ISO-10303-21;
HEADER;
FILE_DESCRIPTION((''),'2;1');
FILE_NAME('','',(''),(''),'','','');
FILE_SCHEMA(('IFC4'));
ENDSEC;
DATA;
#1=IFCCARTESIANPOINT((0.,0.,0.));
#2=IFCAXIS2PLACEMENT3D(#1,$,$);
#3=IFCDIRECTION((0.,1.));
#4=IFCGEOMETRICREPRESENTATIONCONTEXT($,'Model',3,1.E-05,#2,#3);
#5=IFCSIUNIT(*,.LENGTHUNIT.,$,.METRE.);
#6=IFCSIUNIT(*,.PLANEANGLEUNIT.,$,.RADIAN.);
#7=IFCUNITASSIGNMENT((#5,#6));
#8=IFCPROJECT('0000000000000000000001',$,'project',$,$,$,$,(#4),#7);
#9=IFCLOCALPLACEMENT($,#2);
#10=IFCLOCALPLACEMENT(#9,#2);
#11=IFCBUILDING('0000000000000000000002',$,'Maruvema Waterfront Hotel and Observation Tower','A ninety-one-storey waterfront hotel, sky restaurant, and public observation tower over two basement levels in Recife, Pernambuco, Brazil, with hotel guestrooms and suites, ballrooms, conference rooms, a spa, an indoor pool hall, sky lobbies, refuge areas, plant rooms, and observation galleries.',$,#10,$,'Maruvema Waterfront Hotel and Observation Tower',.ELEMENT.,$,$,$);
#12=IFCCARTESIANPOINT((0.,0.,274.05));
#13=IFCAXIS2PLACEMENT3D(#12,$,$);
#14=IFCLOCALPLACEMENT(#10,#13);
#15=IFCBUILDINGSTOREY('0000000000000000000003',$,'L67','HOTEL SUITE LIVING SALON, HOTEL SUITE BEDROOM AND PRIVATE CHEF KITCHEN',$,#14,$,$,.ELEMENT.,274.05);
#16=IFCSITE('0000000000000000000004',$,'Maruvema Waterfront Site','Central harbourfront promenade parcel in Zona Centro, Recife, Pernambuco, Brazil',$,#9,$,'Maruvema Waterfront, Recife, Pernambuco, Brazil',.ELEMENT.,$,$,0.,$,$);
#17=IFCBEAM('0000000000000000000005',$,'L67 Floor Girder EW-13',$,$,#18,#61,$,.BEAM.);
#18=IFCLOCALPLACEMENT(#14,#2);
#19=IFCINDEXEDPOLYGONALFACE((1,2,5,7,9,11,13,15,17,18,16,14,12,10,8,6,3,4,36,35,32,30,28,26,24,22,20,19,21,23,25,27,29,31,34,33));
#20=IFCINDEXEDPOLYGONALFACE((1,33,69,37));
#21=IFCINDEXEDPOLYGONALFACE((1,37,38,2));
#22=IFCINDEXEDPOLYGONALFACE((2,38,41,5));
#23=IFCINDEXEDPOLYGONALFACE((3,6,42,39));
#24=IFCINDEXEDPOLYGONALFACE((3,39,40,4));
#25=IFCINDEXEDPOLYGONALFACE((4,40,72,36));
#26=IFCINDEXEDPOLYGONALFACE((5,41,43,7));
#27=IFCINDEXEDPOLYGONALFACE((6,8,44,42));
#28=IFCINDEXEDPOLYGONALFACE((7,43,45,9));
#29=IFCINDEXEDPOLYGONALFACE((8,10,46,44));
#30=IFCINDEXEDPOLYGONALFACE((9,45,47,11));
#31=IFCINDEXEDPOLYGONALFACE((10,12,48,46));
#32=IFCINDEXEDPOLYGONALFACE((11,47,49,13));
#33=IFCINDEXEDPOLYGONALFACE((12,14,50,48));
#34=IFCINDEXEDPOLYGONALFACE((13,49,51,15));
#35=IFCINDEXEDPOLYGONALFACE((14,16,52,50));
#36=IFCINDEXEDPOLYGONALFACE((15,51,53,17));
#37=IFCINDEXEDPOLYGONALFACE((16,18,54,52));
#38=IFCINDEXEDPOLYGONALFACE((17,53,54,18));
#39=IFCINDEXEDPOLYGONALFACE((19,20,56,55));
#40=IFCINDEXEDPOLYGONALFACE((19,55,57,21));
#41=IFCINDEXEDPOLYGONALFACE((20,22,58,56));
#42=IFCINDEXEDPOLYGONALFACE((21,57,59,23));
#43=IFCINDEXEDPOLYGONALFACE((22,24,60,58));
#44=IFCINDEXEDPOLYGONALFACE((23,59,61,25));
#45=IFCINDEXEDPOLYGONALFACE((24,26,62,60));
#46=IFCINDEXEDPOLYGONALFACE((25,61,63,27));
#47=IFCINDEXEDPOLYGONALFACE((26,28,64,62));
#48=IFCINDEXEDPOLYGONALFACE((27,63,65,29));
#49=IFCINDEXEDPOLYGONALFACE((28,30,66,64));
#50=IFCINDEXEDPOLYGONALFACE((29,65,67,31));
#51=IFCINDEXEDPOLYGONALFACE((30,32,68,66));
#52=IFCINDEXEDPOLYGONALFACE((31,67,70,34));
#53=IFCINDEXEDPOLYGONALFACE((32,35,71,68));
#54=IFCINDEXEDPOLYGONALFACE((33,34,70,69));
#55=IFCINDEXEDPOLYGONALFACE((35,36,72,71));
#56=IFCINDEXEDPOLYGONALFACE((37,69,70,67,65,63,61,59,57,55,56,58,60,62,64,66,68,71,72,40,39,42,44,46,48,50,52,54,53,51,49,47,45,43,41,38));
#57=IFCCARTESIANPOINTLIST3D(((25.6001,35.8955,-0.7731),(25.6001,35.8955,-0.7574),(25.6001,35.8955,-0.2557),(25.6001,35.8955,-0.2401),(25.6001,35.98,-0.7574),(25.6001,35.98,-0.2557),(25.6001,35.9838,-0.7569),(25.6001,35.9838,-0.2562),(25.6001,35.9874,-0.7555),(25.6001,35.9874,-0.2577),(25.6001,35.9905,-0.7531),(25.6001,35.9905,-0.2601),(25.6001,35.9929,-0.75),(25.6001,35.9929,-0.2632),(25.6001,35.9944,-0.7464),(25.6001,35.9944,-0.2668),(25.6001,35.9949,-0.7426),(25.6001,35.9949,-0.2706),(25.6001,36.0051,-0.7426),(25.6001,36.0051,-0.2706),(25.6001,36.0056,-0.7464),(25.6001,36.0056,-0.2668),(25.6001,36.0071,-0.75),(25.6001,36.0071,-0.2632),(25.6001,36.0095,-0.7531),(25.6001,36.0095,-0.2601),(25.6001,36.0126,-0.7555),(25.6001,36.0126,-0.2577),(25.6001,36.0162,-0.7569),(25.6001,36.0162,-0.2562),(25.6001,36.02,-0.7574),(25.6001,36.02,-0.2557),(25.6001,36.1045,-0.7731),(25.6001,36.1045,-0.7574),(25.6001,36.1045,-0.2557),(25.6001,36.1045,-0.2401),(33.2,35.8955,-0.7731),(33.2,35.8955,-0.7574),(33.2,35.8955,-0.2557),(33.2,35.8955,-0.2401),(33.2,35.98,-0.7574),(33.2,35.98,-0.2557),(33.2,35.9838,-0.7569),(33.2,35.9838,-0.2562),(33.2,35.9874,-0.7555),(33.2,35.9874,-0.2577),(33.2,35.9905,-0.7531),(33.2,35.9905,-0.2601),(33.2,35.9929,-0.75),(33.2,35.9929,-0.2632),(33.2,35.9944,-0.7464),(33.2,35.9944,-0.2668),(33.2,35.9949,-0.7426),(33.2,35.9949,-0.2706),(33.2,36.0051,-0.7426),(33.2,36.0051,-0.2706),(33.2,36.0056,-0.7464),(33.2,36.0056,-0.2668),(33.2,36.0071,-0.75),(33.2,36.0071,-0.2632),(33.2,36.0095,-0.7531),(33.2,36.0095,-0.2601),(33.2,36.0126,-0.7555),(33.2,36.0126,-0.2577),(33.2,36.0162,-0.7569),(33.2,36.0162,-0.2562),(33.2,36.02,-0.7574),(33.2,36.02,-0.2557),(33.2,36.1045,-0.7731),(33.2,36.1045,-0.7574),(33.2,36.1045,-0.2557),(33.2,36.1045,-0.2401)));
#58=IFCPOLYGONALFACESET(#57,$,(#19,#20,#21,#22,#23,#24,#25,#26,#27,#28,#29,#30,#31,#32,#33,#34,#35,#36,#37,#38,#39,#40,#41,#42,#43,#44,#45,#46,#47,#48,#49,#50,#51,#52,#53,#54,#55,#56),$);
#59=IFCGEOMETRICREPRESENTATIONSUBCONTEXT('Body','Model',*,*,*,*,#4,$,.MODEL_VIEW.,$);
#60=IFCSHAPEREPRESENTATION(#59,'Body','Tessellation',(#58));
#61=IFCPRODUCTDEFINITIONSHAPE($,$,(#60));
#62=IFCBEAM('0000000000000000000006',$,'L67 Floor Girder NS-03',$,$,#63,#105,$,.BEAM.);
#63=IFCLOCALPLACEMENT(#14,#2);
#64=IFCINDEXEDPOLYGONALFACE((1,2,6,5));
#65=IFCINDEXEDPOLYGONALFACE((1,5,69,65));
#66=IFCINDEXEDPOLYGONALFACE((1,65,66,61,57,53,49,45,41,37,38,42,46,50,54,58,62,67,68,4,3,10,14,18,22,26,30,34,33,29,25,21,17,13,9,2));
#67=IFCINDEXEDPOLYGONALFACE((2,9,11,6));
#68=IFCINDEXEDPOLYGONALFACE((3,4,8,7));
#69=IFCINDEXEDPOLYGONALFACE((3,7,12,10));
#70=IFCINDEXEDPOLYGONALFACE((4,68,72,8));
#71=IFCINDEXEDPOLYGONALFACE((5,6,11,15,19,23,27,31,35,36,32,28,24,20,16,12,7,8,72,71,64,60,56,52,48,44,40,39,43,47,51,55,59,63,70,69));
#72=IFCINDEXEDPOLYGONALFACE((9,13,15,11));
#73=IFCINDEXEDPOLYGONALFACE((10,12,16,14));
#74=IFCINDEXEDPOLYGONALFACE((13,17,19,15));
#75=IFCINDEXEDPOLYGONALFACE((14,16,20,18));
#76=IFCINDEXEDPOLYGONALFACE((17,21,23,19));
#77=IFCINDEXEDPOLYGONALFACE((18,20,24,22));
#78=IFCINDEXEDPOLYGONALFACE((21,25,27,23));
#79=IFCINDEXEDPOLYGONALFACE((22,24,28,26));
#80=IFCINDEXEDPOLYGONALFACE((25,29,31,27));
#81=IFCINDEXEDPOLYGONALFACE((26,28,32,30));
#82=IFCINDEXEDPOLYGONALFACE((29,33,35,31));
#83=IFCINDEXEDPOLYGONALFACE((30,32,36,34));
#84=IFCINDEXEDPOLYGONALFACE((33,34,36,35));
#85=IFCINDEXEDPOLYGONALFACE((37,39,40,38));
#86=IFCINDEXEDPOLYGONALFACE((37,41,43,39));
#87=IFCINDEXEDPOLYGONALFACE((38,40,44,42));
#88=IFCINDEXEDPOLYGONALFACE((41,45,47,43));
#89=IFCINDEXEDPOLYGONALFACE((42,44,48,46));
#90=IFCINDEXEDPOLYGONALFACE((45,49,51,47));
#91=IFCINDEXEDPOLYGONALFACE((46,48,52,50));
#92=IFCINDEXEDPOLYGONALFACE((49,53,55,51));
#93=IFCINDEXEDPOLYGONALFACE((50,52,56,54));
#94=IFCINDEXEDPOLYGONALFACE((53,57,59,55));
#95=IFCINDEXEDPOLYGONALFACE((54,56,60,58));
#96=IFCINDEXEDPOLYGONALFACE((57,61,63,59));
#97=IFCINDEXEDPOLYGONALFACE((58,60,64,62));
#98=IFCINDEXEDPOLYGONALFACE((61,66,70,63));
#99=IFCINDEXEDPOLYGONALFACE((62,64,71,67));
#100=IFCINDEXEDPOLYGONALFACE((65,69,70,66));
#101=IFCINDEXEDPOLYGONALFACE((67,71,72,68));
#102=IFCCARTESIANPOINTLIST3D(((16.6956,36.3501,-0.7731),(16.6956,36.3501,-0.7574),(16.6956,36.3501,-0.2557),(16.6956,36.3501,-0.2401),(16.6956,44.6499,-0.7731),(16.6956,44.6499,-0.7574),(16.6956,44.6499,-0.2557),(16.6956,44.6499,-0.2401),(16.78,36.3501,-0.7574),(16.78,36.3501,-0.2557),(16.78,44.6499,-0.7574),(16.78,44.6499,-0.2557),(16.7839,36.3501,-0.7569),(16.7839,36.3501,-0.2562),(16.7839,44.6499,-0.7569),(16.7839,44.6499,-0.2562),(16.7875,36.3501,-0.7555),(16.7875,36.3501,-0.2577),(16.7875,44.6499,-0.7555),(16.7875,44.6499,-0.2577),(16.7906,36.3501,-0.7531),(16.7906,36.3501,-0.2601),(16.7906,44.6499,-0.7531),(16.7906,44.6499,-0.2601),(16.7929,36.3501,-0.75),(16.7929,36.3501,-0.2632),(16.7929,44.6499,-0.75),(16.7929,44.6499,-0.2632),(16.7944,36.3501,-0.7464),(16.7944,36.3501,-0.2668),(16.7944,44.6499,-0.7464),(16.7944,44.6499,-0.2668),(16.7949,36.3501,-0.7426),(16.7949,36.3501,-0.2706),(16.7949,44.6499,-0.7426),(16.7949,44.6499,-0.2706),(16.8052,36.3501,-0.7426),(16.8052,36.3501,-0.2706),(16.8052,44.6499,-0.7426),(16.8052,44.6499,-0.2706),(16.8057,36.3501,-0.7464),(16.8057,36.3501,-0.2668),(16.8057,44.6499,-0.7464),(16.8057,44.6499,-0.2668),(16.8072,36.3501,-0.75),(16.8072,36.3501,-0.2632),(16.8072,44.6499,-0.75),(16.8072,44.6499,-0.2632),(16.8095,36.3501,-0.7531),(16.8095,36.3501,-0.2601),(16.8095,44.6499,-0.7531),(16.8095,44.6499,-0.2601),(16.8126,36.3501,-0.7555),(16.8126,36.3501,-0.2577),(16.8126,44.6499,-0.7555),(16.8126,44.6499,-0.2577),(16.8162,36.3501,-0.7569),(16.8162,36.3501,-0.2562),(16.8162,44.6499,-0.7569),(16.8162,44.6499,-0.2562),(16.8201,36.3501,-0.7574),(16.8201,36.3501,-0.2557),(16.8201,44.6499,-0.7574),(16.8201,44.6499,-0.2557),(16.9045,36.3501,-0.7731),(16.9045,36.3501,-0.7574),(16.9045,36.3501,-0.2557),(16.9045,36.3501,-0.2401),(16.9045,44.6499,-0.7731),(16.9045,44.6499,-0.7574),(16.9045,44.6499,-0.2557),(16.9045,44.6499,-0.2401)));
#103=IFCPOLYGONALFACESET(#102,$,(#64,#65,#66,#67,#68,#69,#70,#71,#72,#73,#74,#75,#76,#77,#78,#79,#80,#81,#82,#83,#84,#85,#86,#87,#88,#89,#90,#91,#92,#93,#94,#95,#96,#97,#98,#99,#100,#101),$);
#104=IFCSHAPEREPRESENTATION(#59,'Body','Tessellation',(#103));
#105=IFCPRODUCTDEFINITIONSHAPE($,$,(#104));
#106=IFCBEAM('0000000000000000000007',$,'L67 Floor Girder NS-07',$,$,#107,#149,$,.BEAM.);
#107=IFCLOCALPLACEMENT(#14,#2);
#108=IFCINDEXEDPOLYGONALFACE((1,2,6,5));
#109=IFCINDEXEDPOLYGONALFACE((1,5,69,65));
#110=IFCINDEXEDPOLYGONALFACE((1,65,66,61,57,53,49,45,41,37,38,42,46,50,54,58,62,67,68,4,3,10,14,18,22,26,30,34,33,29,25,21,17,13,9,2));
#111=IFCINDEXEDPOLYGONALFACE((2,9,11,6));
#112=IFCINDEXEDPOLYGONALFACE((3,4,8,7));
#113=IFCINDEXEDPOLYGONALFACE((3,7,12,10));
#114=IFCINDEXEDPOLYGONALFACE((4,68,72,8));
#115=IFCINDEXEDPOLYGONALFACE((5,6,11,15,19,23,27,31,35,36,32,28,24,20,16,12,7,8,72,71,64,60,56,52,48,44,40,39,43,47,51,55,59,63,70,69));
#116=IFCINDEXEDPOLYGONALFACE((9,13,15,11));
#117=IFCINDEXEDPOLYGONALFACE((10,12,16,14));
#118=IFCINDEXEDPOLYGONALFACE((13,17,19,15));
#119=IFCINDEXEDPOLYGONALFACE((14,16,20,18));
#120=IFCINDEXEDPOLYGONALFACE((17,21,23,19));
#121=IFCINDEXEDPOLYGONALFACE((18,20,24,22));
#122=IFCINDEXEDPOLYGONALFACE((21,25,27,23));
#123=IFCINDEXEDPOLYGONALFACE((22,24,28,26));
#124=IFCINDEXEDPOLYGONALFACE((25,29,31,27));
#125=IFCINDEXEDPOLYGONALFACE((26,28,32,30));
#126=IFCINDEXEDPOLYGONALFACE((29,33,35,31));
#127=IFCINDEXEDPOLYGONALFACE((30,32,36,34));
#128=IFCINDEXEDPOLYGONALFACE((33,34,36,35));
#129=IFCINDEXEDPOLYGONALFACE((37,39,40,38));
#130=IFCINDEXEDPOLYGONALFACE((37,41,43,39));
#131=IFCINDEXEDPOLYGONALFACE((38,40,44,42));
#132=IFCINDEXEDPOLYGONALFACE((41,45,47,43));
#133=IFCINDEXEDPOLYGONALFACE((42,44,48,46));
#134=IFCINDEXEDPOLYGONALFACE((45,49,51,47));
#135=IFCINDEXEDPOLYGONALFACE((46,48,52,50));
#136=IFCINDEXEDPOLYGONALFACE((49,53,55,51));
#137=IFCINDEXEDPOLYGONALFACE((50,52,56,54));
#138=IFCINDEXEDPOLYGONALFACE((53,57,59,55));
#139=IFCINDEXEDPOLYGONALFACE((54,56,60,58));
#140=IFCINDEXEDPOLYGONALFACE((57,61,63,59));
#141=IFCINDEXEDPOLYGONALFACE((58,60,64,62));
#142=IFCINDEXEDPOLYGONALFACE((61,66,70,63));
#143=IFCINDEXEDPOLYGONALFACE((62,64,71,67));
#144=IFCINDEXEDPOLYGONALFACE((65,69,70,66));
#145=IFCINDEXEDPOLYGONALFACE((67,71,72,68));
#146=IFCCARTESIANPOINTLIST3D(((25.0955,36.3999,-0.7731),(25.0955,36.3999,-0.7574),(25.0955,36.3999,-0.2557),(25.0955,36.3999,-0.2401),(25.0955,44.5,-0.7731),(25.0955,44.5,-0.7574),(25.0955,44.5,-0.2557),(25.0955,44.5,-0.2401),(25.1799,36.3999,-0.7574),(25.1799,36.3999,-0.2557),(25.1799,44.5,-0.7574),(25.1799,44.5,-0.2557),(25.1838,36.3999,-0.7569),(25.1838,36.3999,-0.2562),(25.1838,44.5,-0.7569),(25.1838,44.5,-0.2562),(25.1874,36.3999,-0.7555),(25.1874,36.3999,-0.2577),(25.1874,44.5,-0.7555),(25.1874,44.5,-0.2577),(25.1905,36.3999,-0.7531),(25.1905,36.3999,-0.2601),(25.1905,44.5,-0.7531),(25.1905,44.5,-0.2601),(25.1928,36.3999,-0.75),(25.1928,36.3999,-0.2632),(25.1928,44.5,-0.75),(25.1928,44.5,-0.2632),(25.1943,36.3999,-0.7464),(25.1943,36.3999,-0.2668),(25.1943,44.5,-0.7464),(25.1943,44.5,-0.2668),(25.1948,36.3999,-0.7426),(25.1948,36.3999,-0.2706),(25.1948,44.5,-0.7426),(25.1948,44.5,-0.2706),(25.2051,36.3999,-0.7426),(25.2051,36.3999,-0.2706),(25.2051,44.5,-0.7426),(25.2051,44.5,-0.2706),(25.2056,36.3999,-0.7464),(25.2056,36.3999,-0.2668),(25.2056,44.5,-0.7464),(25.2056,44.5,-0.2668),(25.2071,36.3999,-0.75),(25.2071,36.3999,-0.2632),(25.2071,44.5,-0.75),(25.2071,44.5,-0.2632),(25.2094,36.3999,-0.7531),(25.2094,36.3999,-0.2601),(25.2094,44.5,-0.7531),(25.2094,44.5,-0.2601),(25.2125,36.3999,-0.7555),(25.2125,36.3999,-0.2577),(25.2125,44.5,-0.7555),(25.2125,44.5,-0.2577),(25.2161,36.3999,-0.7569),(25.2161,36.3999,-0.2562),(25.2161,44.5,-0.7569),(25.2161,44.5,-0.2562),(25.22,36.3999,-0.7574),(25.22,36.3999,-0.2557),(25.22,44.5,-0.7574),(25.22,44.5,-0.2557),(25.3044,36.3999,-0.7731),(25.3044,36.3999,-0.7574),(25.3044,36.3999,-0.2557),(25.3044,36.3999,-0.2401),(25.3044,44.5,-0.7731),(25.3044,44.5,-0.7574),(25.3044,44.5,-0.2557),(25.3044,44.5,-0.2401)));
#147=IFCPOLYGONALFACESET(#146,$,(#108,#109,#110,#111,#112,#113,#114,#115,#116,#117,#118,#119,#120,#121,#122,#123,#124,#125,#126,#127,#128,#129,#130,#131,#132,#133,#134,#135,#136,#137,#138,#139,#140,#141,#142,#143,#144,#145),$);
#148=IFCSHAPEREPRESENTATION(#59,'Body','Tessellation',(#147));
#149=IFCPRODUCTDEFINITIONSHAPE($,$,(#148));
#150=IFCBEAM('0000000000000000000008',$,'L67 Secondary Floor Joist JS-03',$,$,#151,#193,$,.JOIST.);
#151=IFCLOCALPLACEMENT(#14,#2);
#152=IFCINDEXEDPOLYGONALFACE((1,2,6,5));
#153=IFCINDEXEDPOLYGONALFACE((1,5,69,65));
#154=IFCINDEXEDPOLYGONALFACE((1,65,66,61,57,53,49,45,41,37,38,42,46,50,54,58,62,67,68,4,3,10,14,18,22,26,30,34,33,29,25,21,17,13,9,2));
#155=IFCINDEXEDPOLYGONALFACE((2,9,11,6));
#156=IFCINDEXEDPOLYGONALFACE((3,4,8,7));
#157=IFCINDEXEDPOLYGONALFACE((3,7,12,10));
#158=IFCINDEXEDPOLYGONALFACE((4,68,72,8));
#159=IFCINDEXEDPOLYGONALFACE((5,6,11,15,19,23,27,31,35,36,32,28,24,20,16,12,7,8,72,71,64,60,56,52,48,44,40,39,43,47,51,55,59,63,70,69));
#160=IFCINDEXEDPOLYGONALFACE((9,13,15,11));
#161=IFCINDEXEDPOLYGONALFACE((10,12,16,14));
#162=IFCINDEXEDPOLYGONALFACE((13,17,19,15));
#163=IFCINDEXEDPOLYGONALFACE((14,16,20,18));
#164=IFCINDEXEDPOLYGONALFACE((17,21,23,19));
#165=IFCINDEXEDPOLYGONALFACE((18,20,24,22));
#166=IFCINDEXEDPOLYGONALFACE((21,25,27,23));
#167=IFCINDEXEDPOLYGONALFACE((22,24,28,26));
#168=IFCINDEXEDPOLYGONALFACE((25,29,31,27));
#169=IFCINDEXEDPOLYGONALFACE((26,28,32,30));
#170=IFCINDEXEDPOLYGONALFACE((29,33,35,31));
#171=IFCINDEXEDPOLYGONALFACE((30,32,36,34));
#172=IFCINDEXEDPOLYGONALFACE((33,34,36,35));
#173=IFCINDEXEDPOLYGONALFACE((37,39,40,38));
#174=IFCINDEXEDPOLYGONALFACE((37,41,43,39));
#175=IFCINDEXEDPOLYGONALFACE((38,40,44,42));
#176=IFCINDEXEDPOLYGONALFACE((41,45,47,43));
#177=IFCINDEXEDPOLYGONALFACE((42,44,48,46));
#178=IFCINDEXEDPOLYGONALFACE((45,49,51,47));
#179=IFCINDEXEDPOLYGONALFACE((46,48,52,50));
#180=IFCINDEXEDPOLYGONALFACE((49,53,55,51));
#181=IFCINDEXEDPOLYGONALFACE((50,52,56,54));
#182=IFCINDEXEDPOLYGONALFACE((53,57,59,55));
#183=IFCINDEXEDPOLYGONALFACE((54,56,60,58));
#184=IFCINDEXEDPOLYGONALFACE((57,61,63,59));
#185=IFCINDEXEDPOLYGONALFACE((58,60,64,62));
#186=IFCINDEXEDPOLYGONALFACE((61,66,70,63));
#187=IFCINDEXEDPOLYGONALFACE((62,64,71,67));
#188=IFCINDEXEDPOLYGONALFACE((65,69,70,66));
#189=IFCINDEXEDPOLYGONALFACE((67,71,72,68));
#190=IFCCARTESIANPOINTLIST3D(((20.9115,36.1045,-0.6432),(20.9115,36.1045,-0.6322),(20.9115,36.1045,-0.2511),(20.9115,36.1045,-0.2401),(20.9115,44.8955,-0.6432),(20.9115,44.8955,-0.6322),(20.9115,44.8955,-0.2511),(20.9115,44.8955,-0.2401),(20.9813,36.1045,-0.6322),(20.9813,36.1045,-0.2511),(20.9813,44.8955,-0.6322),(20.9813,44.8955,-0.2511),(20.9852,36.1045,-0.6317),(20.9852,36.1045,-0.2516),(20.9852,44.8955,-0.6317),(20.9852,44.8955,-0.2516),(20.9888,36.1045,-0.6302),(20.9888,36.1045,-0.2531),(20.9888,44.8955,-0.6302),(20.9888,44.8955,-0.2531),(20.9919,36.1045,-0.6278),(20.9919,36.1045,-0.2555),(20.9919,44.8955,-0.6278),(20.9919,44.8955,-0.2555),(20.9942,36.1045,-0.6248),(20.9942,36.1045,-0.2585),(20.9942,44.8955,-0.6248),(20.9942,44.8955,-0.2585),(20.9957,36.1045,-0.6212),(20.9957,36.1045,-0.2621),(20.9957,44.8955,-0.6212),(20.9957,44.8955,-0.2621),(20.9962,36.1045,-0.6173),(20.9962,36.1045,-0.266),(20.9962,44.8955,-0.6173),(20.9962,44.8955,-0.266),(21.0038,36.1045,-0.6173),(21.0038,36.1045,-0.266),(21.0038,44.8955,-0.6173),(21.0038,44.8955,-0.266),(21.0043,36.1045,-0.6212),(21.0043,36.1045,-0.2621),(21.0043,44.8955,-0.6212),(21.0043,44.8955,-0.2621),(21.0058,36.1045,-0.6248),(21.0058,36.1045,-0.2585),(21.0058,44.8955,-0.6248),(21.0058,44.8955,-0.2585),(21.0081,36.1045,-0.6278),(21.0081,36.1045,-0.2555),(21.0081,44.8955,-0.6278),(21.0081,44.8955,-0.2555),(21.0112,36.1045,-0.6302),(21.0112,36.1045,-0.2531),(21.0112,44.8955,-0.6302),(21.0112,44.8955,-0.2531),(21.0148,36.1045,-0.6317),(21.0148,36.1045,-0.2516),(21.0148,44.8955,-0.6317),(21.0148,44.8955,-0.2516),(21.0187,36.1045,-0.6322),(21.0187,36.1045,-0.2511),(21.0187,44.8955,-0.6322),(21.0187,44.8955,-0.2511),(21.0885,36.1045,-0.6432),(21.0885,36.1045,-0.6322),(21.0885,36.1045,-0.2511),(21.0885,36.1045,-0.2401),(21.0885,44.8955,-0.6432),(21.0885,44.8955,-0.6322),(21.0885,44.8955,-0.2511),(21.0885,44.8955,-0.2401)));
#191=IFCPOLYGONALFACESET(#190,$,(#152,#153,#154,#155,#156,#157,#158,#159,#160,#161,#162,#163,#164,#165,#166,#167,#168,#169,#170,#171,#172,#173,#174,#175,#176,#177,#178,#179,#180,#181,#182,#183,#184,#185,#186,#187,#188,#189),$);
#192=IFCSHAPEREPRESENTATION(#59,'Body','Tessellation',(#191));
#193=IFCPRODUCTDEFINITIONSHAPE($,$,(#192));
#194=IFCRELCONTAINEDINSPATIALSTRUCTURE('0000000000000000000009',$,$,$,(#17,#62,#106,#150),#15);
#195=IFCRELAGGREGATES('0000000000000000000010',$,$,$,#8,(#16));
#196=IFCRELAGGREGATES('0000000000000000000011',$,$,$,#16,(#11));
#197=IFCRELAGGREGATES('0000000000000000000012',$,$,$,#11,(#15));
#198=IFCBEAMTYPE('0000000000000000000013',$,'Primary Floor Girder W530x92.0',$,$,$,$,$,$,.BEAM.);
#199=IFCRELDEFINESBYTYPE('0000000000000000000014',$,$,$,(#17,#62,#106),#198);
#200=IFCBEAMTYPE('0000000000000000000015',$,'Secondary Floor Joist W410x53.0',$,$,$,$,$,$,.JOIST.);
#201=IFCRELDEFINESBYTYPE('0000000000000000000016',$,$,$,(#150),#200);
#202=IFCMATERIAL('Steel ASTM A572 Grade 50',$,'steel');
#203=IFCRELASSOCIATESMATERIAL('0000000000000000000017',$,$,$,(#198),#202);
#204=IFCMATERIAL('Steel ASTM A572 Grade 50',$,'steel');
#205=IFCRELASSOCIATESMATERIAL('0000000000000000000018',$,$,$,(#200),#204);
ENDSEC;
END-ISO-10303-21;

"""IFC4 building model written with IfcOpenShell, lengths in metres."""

from ifc_helpers import new_model, si_unit, direction, frame, origin, origin_2d, place, context, subcontext, project, spatial, i_section, extrude, material, material_profile, profile_set, type_object, element, save


model = new_model("IFC4")

# Units and contexts
model_context = context("Model", 3, precision=1e-05, world=origin(), true_north=direction((0.0, 1.0)))
body_context = subcontext(model_context, "Body", "Model", "MODEL_VIEW")
ifc_project = project(units=[si_unit("LENGTHUNIT", "METRE"), si_unit("PLANEANGLEUNIT", "RADIAN")], contexts=[model_context])

# Site, building, storey
site_placement = place(None, origin())
site = spatial("IfcSite", under=ifc_project, at=site_placement, Name="Maruvema Waterfront Site", Description="Central harbourfront promenade parcel in Zona Centro, Recife, Pernambuco, Brazil", LongName="Maruvema Waterfront, Recife, Pernambuco, Brazil", CompositionType="ELEMENT", RefElevation=0.0)
building_placement = place(site_placement, origin())
building = spatial("IfcBuilding", under=site, at=building_placement, Name="Maruvema Waterfront Hotel and Observation Tower", Description="A ninety-one-storey waterfront hotel, sky restaurant, and public observation tower over two basement levels in Recife, Pernambuco, Brazil, with hotel guestrooms and suites, ballrooms, conference rooms, a spa, an indoor pool hall, sky lobbies, refuge areas, plant rooms, and observation galleries.", LongName="Maruvema Waterfront Hotel and Observation Tower", CompositionType="ELEMENT")
storey_placement = place(building_placement, frame((0.0, 0.0, 274.05)))
storey = spatial("IfcBuildingStorey", under=building, at=storey_placement, Name="L67", Description="HOTEL SUITE LIVING SALON, HOTEL SUITE BEDROOM AND PRIVATE CHEF KITCHEN", CompositionType="ELEMENT", Elevation=274.05)

# Beams
ifc_material_1 = material(Name="Steel ASTM A572 Grade 50", Category="steel")
ifc_material_profile_1 = material_profile(ifc_material_1, i_section(OverallWidth=0.209, OverallDepth=0.533, WebThickness=0.0103, FlangeThickness=0.0156, FilletRadius=0.0149, at=origin_2d()), Name="W530x92.0")
ifc_profile_set_1 = profile_set([ifc_material_profile_1], Name="Steel ASTM A572 Grade 50")
beam_type_1 = type_object("IfcBeamType", Name="Primary Floor Girder W530x92.0", PredefinedType="BEAM", material=ifc_profile_set_1)
beam_1_placement = place(storey_placement, frame((25.6001, 36.0, -0.5066), z_axis=(1.0, 0.0, 0.0), x_axis=(0.0, 1.0, 0.0)))
element("IfcBeam", 1, at=beam_1_placement, inside=storey, type_object=beam_type_1, Name="L67 Floor Girder EW-13", PredefinedType="BEAM", context=body_context, shape_type="SweptSolid", body=[
    extrude(i_section(OverallWidth=0.209, OverallDepth=0.533, WebThickness=0.0103, FlangeThickness=0.0156, FilletRadius=0.0149, at=origin_2d()), origin(), (0.0, 0.0, 1.0), 7.5999),
])
beam_2_placement = place(storey_placement, frame((16.8, 36.3501, -0.5066), z_axis=(0.0, 1.0, 0.0), x_axis=(-1.0, 0.0, 0.0)))
element("IfcBeam", 2, at=beam_2_placement, inside=storey, type_object=beam_type_1, Name="L67 Floor Girder NS-03", PredefinedType="BEAM", context=body_context, shape_type="SweptSolid", body=[
    extrude(i_section(OverallWidth=0.209, OverallDepth=0.533, WebThickness=0.0103, FlangeThickness=0.0156, FilletRadius=0.0149, at=origin_2d()), origin(), (0.0, 0.0, 1.0), 8.2998),
])
beam_3_placement = place(storey_placement, frame((25.2, 36.3999, -0.5066), z_axis=(0.0, 1.0, 0.0), x_axis=(-1.0, 0.0, 0.0)))
element("IfcBeam", 3, at=beam_3_placement, inside=storey, type_object=beam_type_1, Name="L67 Floor Girder NS-07", PredefinedType="BEAM", context=body_context, shape_type="SweptSolid", body=[
    extrude(i_section(OverallWidth=0.209, OverallDepth=0.533, WebThickness=0.0103, FlangeThickness=0.0156, FilletRadius=0.0149, at=origin_2d()), origin(), (0.0, 0.0, 1.0), 8.1001),
])
ifc_material_2 = material(Name="Steel ASTM A572 Grade 50", Category="steel")
ifc_material_profile_2 = material_profile(ifc_material_2, i_section(OverallWidth=0.177, OverallDepth=0.4031, WebThickness=0.0076, FlangeThickness=0.011, FilletRadius=0.0149, at=origin_2d()), Name="W410x53.0")
ifc_profile_set_2 = profile_set([ifc_material_profile_2], Name="Steel ASTM A572 Grade 50")
beam_type_2 = type_object("IfcBeamType", Name="Secondary Floor Joist W410x53.0", PredefinedType="JOIST", material=ifc_profile_set_2)
beam_4_placement = place(storey_placement, frame((21.0, 36.1045, -0.4417), z_axis=(0.0, 1.0, 0.0), x_axis=(-1.0, 0.0, 0.0)))
element("IfcBeam", 4, at=beam_4_placement, inside=storey, type_object=beam_type_2, Name="L67 Secondary Floor Joist JS-03", PredefinedType="JOIST", context=body_context, shape_type="SweptSolid", body=[
    extrude(i_section(OverallWidth=0.177, OverallDepth=0.4031, WebThickness=0.0076, FlangeThickness=0.011, FilletRadius=0.0149, at=origin_2d()), origin(), (0.0, 0.0, 1.0), 8.791),
])

save(model, "model.ifc")
